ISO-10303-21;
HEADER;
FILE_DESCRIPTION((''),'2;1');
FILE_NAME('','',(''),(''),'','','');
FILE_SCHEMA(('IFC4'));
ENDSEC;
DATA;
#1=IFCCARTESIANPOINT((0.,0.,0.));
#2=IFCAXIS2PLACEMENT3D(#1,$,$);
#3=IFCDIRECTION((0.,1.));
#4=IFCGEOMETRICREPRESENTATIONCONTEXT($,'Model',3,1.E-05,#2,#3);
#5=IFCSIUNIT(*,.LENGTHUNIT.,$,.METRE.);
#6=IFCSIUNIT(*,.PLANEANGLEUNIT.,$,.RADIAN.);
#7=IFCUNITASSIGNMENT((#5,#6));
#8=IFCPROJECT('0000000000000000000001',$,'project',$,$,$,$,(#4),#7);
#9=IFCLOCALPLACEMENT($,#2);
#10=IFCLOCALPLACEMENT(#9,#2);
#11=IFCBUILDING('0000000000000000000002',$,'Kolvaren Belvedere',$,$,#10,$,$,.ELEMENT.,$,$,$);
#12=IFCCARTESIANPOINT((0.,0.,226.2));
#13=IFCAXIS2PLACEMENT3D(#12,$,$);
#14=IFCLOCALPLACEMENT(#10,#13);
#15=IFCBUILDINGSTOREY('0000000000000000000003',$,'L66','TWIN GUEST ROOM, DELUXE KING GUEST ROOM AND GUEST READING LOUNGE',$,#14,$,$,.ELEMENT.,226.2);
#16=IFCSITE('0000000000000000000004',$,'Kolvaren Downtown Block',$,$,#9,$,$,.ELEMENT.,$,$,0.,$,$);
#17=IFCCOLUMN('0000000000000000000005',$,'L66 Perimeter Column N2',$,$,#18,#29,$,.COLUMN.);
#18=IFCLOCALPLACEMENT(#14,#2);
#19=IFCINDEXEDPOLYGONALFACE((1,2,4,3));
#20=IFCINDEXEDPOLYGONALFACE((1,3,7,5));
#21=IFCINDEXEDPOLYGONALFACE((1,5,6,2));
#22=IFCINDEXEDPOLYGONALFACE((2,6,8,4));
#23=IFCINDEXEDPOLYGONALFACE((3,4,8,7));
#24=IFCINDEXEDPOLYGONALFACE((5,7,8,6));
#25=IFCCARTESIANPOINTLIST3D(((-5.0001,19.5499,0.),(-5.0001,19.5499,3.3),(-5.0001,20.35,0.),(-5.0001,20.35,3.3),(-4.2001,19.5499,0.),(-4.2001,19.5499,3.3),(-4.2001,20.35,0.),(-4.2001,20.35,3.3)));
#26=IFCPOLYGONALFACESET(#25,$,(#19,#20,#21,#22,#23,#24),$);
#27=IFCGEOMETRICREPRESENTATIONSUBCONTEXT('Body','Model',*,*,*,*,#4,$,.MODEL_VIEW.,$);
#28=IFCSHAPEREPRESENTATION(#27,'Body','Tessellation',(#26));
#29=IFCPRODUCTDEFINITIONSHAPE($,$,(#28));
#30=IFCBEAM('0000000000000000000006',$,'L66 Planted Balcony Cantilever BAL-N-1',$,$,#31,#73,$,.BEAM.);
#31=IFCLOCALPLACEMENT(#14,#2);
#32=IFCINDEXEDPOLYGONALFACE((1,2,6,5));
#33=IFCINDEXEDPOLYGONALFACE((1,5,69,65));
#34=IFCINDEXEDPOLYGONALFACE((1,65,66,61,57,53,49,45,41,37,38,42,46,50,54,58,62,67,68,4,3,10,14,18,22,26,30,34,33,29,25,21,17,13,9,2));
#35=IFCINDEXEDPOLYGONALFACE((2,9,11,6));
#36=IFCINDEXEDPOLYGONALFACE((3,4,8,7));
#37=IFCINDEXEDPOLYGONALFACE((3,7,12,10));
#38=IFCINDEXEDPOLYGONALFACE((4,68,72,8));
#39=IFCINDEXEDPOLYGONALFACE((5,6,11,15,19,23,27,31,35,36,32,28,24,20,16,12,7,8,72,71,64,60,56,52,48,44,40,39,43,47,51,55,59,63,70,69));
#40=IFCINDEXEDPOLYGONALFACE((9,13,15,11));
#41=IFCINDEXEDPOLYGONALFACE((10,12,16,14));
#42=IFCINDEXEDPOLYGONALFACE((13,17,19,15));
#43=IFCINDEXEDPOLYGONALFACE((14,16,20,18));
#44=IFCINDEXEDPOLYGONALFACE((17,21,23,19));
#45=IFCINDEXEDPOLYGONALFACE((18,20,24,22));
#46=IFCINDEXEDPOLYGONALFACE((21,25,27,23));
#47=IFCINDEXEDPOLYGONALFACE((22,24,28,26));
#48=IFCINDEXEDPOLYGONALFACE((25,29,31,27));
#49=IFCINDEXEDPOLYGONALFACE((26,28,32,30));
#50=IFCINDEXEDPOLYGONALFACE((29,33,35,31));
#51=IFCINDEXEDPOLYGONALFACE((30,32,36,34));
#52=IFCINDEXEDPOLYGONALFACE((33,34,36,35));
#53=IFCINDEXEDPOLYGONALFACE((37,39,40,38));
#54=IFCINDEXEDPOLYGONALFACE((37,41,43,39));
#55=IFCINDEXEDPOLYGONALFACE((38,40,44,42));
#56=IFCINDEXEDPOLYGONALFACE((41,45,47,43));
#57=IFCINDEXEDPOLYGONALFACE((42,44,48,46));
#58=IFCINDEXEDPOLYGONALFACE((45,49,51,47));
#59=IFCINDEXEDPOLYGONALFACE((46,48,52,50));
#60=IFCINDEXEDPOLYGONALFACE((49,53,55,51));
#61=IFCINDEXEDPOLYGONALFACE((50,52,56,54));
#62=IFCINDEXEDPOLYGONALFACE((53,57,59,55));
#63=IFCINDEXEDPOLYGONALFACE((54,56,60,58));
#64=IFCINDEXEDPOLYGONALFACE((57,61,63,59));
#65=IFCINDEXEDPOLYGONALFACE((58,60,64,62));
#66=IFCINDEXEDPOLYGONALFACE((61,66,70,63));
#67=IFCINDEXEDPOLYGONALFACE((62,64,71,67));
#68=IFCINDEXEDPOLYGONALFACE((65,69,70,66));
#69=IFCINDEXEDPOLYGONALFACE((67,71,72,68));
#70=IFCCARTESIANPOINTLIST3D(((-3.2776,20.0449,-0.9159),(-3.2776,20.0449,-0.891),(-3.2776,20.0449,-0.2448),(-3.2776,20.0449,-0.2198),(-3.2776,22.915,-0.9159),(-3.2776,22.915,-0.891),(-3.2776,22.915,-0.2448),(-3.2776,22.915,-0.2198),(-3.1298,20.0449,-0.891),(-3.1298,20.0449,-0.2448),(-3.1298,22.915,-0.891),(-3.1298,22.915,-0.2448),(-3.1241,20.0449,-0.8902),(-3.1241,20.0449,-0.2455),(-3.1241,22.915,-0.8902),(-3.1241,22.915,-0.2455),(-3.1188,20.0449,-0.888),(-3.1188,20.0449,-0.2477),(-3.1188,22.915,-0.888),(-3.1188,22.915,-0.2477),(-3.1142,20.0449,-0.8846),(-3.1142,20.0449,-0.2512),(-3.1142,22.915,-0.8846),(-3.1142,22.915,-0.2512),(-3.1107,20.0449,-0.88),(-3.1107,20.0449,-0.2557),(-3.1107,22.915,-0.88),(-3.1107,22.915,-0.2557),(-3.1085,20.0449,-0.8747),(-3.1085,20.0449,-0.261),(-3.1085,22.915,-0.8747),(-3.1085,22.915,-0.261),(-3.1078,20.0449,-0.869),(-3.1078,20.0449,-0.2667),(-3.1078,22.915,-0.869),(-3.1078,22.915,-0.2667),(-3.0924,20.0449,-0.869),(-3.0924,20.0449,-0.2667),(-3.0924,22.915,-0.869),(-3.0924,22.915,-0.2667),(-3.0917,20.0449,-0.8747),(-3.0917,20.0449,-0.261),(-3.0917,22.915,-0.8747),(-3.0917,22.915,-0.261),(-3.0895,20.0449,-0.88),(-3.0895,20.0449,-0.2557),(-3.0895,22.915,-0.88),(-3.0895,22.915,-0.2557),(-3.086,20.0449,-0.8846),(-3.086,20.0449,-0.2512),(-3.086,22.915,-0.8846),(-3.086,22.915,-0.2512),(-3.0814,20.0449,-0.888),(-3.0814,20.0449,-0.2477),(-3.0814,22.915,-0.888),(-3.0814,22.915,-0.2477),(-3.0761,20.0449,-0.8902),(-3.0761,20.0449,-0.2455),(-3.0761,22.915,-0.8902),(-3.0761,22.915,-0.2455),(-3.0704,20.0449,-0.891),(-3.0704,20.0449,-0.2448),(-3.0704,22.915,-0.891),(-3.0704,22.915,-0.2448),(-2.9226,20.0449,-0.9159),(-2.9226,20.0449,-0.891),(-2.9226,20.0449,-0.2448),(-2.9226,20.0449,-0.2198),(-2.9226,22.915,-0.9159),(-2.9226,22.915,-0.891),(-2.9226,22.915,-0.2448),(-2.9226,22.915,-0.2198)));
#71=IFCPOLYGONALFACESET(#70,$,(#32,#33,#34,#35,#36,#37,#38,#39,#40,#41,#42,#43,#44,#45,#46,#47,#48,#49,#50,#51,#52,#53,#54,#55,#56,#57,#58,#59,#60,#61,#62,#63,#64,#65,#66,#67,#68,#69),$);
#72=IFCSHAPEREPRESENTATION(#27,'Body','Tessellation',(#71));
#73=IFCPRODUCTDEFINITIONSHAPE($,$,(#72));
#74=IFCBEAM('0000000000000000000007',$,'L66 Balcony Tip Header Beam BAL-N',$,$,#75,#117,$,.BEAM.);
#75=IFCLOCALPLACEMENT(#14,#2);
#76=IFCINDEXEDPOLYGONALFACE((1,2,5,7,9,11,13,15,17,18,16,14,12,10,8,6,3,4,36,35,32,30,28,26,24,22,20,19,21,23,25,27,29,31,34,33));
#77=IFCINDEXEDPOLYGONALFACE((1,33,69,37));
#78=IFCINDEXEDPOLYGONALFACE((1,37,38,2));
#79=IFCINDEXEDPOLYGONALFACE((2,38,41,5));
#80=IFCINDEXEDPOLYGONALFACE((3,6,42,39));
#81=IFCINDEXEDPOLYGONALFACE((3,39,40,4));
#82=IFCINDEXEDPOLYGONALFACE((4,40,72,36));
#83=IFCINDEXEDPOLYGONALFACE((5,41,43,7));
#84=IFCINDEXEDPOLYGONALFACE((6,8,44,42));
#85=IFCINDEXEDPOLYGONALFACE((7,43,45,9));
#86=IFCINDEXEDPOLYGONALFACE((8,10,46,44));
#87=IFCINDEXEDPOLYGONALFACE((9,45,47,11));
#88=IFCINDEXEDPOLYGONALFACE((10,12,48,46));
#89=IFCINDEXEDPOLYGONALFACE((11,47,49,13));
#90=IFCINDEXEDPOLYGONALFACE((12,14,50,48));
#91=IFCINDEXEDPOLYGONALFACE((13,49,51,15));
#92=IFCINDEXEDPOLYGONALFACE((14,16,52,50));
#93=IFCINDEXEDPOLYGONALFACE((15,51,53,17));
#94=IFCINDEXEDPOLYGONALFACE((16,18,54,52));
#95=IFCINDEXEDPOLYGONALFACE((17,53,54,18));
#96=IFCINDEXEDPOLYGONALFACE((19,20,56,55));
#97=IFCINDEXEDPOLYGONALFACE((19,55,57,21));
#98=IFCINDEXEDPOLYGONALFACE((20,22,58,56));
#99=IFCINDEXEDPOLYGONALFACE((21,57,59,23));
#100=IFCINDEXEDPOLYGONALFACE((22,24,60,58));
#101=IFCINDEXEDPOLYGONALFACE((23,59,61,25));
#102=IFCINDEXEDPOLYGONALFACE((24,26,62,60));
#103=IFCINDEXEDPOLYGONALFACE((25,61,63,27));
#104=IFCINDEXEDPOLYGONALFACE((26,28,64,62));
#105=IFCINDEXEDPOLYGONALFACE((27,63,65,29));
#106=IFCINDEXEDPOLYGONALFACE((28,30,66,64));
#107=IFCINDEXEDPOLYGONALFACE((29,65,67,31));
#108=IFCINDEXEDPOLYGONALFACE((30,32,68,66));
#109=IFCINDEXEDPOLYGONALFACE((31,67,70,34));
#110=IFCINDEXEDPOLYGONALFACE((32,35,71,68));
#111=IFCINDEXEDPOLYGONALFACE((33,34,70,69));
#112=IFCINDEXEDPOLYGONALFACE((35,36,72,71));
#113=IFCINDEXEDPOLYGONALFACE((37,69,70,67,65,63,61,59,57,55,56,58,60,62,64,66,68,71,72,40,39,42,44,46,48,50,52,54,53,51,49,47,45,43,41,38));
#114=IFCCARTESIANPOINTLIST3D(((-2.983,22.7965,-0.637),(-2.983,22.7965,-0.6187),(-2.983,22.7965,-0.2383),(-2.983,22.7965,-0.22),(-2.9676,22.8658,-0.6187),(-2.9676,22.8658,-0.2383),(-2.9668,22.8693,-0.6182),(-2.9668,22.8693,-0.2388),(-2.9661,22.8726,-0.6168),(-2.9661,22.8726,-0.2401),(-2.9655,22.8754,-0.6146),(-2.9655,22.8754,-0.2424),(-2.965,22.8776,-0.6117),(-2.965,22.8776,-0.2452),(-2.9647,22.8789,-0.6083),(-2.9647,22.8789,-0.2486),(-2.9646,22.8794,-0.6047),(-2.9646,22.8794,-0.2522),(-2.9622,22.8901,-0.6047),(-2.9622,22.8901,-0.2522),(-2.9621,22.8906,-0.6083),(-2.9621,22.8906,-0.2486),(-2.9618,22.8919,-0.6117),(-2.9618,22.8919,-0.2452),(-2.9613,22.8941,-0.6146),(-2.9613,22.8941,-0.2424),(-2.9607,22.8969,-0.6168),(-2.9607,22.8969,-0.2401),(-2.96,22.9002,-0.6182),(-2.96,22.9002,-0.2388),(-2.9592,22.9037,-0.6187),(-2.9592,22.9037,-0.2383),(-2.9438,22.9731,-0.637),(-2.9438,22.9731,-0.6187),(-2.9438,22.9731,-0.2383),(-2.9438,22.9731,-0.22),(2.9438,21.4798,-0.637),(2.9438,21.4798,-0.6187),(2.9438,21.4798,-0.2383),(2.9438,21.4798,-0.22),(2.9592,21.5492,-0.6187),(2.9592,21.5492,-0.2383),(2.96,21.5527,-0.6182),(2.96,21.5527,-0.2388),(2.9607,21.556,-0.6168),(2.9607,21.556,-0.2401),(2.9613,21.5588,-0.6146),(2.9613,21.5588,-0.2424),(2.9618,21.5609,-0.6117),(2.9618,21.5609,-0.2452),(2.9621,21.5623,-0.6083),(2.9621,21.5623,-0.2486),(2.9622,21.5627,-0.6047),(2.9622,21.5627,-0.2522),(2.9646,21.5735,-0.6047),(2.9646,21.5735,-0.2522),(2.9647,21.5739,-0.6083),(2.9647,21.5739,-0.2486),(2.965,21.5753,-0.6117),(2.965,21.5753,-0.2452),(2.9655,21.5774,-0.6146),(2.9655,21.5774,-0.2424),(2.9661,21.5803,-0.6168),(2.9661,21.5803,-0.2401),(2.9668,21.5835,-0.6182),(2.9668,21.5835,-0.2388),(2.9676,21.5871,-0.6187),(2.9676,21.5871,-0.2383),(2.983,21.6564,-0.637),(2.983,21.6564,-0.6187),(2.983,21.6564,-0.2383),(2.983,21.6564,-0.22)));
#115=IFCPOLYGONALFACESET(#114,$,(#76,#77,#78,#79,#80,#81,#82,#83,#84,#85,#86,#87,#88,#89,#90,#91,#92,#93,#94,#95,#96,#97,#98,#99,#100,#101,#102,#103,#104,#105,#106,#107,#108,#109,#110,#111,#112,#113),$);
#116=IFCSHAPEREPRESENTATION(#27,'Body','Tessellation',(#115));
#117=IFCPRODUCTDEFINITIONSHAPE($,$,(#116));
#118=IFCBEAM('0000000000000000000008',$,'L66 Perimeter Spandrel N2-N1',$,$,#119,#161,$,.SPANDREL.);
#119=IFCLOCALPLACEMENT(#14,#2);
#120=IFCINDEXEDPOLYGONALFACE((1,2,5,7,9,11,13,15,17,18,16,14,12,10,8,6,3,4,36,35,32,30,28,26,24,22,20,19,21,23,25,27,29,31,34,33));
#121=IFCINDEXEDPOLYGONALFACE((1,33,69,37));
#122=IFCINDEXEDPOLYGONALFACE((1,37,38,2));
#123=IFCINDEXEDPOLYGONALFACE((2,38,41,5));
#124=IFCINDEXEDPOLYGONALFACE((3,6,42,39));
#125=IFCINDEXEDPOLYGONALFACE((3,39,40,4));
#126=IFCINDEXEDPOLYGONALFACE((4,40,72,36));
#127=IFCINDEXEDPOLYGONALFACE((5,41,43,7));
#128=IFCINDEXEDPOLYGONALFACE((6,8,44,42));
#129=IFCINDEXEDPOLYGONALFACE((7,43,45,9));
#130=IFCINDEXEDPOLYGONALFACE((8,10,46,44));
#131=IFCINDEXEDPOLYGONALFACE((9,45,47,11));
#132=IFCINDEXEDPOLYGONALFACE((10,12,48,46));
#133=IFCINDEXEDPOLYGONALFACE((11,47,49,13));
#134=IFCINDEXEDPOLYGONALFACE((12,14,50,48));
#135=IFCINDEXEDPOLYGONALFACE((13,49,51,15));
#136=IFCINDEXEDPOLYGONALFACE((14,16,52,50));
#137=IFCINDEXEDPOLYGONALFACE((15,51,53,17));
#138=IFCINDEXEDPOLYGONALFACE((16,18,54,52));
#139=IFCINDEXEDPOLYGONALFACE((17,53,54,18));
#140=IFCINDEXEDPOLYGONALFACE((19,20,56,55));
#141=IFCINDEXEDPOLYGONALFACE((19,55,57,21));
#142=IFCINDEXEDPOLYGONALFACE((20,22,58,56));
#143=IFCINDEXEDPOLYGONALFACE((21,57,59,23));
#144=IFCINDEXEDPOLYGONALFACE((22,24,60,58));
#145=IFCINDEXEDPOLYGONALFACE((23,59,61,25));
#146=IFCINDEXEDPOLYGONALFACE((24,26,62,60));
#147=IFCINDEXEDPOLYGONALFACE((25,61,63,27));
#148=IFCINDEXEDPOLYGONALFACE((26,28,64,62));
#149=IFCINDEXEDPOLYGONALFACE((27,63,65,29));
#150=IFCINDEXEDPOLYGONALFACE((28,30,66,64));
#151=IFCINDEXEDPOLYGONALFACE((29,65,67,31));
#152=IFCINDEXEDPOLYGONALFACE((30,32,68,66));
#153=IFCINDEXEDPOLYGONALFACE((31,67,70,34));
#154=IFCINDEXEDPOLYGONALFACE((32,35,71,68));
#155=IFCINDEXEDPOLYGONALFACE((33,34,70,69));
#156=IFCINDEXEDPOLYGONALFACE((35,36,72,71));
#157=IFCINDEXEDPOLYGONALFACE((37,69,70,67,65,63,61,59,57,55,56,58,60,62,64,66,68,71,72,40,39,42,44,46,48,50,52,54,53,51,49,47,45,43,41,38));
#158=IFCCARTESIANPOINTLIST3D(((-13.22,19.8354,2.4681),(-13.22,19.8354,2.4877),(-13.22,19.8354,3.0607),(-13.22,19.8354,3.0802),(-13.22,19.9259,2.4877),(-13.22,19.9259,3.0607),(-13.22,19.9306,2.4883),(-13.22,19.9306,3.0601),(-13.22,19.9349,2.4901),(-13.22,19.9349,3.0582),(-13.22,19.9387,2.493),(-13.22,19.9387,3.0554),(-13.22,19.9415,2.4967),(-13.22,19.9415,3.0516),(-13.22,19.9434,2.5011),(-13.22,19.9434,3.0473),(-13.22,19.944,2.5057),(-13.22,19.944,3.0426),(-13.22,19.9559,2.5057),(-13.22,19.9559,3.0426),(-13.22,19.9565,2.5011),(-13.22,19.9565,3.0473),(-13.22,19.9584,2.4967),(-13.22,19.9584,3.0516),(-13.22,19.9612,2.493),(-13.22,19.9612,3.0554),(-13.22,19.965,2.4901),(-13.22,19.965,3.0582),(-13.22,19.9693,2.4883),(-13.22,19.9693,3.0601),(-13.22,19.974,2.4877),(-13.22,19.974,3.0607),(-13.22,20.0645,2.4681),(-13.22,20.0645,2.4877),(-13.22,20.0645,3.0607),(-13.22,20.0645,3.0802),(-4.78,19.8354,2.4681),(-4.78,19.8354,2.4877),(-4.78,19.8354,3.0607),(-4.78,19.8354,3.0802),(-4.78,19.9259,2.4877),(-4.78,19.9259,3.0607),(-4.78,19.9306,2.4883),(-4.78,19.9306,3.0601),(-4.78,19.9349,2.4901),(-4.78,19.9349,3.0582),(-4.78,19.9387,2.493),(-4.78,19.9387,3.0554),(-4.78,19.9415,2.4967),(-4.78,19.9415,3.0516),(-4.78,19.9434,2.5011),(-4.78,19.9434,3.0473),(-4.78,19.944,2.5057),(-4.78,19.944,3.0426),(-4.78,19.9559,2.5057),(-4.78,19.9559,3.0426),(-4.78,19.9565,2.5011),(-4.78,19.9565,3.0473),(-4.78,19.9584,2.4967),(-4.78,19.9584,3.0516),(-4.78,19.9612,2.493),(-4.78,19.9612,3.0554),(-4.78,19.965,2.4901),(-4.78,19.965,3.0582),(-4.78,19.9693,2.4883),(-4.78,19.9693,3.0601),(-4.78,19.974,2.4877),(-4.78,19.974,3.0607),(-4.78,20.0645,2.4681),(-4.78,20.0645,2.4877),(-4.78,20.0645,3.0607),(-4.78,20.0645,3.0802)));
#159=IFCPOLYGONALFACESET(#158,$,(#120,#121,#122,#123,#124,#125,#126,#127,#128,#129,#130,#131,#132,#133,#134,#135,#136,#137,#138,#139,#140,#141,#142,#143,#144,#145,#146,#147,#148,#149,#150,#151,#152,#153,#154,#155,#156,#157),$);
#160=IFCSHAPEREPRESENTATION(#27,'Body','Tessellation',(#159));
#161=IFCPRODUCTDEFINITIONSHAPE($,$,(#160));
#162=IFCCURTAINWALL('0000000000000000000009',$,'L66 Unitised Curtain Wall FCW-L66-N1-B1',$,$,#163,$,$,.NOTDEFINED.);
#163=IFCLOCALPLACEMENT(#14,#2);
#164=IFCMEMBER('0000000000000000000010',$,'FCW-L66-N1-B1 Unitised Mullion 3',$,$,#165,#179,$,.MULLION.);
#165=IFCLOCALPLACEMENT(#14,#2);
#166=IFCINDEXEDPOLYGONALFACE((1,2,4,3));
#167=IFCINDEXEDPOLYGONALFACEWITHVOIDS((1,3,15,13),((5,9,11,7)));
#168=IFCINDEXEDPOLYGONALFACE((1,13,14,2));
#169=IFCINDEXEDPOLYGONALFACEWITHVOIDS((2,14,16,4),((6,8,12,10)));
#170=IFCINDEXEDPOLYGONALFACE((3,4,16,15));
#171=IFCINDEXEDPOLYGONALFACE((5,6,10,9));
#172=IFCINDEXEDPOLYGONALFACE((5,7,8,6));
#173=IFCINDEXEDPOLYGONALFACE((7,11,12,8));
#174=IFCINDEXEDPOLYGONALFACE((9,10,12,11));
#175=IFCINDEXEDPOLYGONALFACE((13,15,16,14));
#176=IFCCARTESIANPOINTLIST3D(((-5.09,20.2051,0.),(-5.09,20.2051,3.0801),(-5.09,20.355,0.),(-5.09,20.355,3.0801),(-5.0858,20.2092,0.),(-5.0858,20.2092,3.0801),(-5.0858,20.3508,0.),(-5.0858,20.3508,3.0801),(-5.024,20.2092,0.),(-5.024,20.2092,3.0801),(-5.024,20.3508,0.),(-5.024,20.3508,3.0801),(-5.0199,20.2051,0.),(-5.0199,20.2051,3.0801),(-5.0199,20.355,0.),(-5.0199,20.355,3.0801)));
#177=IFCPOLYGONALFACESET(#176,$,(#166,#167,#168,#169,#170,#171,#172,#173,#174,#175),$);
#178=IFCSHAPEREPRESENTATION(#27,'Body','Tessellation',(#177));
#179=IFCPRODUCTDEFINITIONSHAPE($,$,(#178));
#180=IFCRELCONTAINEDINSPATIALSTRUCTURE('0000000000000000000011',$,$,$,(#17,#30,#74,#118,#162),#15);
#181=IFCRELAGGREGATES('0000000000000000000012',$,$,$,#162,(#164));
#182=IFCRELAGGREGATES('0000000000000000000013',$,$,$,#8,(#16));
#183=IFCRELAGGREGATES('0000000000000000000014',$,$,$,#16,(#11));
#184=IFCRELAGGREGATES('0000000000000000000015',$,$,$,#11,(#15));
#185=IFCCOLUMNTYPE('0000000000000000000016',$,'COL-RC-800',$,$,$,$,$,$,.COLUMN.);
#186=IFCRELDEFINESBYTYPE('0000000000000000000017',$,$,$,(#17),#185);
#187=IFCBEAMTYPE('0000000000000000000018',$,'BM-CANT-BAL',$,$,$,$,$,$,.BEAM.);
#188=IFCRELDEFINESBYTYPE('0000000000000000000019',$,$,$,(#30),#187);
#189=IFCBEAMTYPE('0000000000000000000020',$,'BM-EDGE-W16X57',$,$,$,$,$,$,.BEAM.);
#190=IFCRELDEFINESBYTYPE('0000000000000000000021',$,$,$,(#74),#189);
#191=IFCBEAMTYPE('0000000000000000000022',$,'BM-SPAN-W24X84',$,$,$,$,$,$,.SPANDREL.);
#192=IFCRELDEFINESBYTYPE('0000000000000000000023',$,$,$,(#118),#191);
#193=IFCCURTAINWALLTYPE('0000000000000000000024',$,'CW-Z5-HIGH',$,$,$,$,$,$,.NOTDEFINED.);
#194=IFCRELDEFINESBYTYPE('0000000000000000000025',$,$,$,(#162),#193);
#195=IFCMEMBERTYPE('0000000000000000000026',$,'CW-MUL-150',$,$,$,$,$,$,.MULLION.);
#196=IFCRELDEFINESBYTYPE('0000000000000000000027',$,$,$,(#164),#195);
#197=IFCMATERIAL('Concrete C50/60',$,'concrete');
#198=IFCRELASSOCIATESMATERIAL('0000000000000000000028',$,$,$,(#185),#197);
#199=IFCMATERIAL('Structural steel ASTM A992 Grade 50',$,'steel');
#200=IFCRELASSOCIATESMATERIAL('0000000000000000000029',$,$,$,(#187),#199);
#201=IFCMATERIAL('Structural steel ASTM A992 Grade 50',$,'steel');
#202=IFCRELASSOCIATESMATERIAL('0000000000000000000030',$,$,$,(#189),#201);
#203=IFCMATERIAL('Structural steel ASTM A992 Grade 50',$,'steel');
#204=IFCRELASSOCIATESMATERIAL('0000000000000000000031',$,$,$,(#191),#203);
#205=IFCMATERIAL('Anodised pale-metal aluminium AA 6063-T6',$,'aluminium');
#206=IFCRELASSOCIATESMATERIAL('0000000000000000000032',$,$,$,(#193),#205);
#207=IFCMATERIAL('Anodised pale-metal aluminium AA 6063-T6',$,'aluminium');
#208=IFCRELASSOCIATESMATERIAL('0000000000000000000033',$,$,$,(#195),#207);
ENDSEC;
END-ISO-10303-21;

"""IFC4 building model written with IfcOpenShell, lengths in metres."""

from ifc_helpers import new_model, si_unit, direction, frame, origin, origin_2d, place, context, subcontext, project, spatial, rectangle, hollow_rectangle, i_section, extrude, material, material_profile, profile_set, type_object, element, aggregate, save


model = new_model("IFC4")

# Units and contexts
model_context = context("Model", 3, precision=1e-05, world=origin(), true_north=direction((0.0, 1.0)))
body_context = subcontext(model_context, "Body", "Model", "MODEL_VIEW")
ifc_project = project(units=[si_unit("LENGTHUNIT", "METRE"), si_unit("PLANEANGLEUNIT", "RADIAN")], contexts=[model_context])

# Site, building, storey
site_placement = place(None, origin())
site = spatial("IfcSite", under=ifc_project, at=site_placement, Name="Kolvaren Downtown Block", CompositionType="ELEMENT", RefElevation=0.0)
building_placement = place(site_placement, origin())
building = spatial("IfcBuilding", under=site, at=building_placement, Name="Kolvaren Belvedere", CompositionType="ELEMENT")
storey_placement = place(building_placement, frame((0.0, 0.0, 226.2)))
storey = spatial("IfcBuildingStorey", under=building, at=storey_placement, Name="L66", Description="TWIN GUEST ROOM, DELUXE KING GUEST ROOM AND GUEST READING LOUNGE", CompositionType="ELEMENT", Elevation=226.2)

# Column
ifc_material_1 = material(Name="Concrete C50/60", Category="concrete")
ifc_material_profile_1 = material_profile(ifc_material_1, rectangle(XDim=0.8, YDim=0.8, at=origin_2d()), Name="RC 800X800")
ifc_profile_set_1 = profile_set([ifc_material_profile_1], Name="Concrete C50/60")
column_type = type_object("IfcColumnType", Name="COL-RC-800", PredefinedType="COLUMN", material=ifc_profile_set_1)
column_placement = place(storey_placement, frame((-4.6001, 19.95, 0.0), z_axis=(0.0, 0.0, 1.0), x_axis=(1.0, 0.0, 0.0)))
element("IfcColumn", 1, at=column_placement, inside=storey, type_object=column_type, Name="L66 Perimeter Column N2", PredefinedType="COLUMN", context=body_context, shape_type="SweptSolid", body=[
    extrude(rectangle(XDim=0.8, YDim=0.8, at=origin_2d()), origin(), (0.0, 0.0, 1.0), 3.3),
])

# Beams
ifc_material_2 = material(Name="Structural steel ASTM A992 Grade 50", Category="steel")
ifc_material_profile_2 = material_profile(ifc_material_2, i_section(OverallWidth=0.355, OverallDepth=0.696, WebThickness=0.0154, FlangeThickness=0.0249, FilletRadius=0.022, at=origin_2d()), Name="W27X146")
ifc_profile_set_2 = profile_set([ifc_material_profile_2], Name="Structural steel ASTM A992 Grade 50")
beam_type_1 = type_object("IfcBeamType", Name="BM-CANT-BAL", PredefinedType="BEAM", material=ifc_profile_set_2)
beam_1_placement = place(storey_placement, frame((-3.1001, 20.0449, -0.5679), z_axis=(0.0, 1.0, 0.0), x_axis=(-1.0, 0.0, 0.0)))
element("IfcBeam", 2, at=beam_1_placement, inside=storey, type_object=beam_type_1, Name="L66 Planted Balcony Cantilever BAL-N-1", PredefinedType="BEAM", context=body_context, shape_type="SweptSolid", body=[
    extrude(i_section(OverallWidth=0.355, OverallDepth=0.696, WebThickness=0.0154, FlangeThickness=0.0249, FilletRadius=0.022, at=origin_2d()), origin(), (0.0, 0.0, 1.0), 2.8701),
])
ifc_material_3 = material(Name="Structural steel ASTM A992 Grade 50", Category="steel")
ifc_material_profile_3 = material_profile(ifc_material_3, i_section(OverallWidth=0.1809, OverallDepth=0.417, WebThickness=0.011, FlangeThickness=0.0183, FilletRadius=0.0139, at=origin_2d()), Name="W16X57")
ifc_profile_set_3 = profile_set([ifc_material_profile_3], Name="Structural steel ASTM A992 Grade 50")
beam_type_2 = type_object("IfcBeamType", Name="BM-EDGE-W16X57", PredefinedType="BEAM", material=ifc_profile_set_3)
beam_2_placement = place(storey_placement, frame((-2.9634, 22.8848, -0.4285), z_axis=(0.976201, -0.216867, 0.0), x_axis=(0.216867, 0.976201, 0.0)))
element("IfcBeam", 3, at=beam_2_placement, inside=storey, type_object=beam_type_2, Name="L66 Balcony Tip Header Beam BAL-N", PredefinedType="BEAM", context=body_context, shape_type="SweptSolid", body=[
    extrude(i_section(OverallWidth=0.1809, OverallDepth=0.417, WebThickness=0.011, FlangeThickness=0.0183, FilletRadius=0.0139, at=origin_2d()), origin(), (0.0, 0.0, 1.0), 6.0713),
])
ifc_material_4 = material(Name="Structural steel ASTM A992 Grade 50", Category="steel")
ifc_material_profile_4 = material_profile(ifc_material_4, i_section(OverallWidth=0.229, OverallDepth=0.6121, WebThickness=0.012, FlangeThickness=0.0195, FilletRadius=0.0181, at=origin_2d()), Name="W24X84")
ifc_profile_set_4 = profile_set([ifc_material_profile_4], Name="Structural steel ASTM A992 Grade 50")
beam_type_3 = type_object("IfcBeamType", Name="BM-SPAN-W24X84", PredefinedType="SPANDREL", material=ifc_profile_set_4)
beam_3_placement = place(storey_placement, frame((-4.78, 19.95, 2.7742), z_axis=(-1.0, 0.0, 0.0), x_axis=(0.0, -1.0, 0.0)))
element("IfcBeam", 4, at=beam_3_placement, inside=storey, type_object=beam_type_3, Name="L66 Perimeter Spandrel N2-N1", PredefinedType="SPANDREL", context=body_context, shape_type="SweptSolid", body=[
    extrude(i_section(OverallWidth=0.229, OverallDepth=0.6121, WebThickness=0.012, FlangeThickness=0.0195, FilletRadius=0.0181, at=origin_2d()), origin(), (0.0, 0.0, 1.0), 8.4399),
])

# Curtain wall, member
ifc_material_5 = material(Name="Anodised pale-metal aluminium AA 6063-T6", Category="aluminium")
curtain_wall_type = type_object("IfcCurtainWallType", Name="CW-Z5-HIGH", PredefinedType="NOTDEFINED", material=ifc_material_5)
curtain_wall_1_placement = place(storey_placement, origin())
curtain_wall_1 = element("IfcCurtainWall", 5, at=curtain_wall_1_placement, inside=storey, type_object=curtain_wall_type, Name="L66 Unitised Curtain Wall FCW-L66-N1-B1", PredefinedType="NOTDEFINED")
ifc_material_6 = material(Name="Anodised pale-metal aluminium AA 6063-T6", Category="aluminium")
ifc_material_profile_5 = material_profile(ifc_material_6, hollow_rectangle(XDim=0.0701, YDim=0.1499, WallThickness=0.0042, at=origin_2d()), Name="ALU-MUL-150X70")
ifc_profile_set_5 = profile_set([ifc_material_profile_5], Name="Anodised pale-metal aluminium AA 6063-T6")
member_type_1 = type_object("IfcMemberType", Name="CW-MUL-150", PredefinedType="MULLION", material=ifc_profile_set_5)
member_1_placement = place(storey_placement, frame((-5.0549, 20.28, 0.0), z_axis=(0.0, 0.0, 1.0), x_axis=(1.0, 0.0, 0.0)))
member_1 = element("IfcMember", 6, at=member_1_placement, type_object=member_type_1, Name="FCW-L66-N1-B1 Unitised Mullion 3", PredefinedType="MULLION", context=body_context, shape_type="SweptSolid", body=[
    extrude(hollow_rectangle(XDim=0.0701, YDim=0.1499, WallThickness=0.0042, at=origin_2d()), origin(), (0.0, 0.0, 1.0), 3.0801),
])
aggregate(curtain_wall_1, [member_1])

save(model, "model.ifc")
